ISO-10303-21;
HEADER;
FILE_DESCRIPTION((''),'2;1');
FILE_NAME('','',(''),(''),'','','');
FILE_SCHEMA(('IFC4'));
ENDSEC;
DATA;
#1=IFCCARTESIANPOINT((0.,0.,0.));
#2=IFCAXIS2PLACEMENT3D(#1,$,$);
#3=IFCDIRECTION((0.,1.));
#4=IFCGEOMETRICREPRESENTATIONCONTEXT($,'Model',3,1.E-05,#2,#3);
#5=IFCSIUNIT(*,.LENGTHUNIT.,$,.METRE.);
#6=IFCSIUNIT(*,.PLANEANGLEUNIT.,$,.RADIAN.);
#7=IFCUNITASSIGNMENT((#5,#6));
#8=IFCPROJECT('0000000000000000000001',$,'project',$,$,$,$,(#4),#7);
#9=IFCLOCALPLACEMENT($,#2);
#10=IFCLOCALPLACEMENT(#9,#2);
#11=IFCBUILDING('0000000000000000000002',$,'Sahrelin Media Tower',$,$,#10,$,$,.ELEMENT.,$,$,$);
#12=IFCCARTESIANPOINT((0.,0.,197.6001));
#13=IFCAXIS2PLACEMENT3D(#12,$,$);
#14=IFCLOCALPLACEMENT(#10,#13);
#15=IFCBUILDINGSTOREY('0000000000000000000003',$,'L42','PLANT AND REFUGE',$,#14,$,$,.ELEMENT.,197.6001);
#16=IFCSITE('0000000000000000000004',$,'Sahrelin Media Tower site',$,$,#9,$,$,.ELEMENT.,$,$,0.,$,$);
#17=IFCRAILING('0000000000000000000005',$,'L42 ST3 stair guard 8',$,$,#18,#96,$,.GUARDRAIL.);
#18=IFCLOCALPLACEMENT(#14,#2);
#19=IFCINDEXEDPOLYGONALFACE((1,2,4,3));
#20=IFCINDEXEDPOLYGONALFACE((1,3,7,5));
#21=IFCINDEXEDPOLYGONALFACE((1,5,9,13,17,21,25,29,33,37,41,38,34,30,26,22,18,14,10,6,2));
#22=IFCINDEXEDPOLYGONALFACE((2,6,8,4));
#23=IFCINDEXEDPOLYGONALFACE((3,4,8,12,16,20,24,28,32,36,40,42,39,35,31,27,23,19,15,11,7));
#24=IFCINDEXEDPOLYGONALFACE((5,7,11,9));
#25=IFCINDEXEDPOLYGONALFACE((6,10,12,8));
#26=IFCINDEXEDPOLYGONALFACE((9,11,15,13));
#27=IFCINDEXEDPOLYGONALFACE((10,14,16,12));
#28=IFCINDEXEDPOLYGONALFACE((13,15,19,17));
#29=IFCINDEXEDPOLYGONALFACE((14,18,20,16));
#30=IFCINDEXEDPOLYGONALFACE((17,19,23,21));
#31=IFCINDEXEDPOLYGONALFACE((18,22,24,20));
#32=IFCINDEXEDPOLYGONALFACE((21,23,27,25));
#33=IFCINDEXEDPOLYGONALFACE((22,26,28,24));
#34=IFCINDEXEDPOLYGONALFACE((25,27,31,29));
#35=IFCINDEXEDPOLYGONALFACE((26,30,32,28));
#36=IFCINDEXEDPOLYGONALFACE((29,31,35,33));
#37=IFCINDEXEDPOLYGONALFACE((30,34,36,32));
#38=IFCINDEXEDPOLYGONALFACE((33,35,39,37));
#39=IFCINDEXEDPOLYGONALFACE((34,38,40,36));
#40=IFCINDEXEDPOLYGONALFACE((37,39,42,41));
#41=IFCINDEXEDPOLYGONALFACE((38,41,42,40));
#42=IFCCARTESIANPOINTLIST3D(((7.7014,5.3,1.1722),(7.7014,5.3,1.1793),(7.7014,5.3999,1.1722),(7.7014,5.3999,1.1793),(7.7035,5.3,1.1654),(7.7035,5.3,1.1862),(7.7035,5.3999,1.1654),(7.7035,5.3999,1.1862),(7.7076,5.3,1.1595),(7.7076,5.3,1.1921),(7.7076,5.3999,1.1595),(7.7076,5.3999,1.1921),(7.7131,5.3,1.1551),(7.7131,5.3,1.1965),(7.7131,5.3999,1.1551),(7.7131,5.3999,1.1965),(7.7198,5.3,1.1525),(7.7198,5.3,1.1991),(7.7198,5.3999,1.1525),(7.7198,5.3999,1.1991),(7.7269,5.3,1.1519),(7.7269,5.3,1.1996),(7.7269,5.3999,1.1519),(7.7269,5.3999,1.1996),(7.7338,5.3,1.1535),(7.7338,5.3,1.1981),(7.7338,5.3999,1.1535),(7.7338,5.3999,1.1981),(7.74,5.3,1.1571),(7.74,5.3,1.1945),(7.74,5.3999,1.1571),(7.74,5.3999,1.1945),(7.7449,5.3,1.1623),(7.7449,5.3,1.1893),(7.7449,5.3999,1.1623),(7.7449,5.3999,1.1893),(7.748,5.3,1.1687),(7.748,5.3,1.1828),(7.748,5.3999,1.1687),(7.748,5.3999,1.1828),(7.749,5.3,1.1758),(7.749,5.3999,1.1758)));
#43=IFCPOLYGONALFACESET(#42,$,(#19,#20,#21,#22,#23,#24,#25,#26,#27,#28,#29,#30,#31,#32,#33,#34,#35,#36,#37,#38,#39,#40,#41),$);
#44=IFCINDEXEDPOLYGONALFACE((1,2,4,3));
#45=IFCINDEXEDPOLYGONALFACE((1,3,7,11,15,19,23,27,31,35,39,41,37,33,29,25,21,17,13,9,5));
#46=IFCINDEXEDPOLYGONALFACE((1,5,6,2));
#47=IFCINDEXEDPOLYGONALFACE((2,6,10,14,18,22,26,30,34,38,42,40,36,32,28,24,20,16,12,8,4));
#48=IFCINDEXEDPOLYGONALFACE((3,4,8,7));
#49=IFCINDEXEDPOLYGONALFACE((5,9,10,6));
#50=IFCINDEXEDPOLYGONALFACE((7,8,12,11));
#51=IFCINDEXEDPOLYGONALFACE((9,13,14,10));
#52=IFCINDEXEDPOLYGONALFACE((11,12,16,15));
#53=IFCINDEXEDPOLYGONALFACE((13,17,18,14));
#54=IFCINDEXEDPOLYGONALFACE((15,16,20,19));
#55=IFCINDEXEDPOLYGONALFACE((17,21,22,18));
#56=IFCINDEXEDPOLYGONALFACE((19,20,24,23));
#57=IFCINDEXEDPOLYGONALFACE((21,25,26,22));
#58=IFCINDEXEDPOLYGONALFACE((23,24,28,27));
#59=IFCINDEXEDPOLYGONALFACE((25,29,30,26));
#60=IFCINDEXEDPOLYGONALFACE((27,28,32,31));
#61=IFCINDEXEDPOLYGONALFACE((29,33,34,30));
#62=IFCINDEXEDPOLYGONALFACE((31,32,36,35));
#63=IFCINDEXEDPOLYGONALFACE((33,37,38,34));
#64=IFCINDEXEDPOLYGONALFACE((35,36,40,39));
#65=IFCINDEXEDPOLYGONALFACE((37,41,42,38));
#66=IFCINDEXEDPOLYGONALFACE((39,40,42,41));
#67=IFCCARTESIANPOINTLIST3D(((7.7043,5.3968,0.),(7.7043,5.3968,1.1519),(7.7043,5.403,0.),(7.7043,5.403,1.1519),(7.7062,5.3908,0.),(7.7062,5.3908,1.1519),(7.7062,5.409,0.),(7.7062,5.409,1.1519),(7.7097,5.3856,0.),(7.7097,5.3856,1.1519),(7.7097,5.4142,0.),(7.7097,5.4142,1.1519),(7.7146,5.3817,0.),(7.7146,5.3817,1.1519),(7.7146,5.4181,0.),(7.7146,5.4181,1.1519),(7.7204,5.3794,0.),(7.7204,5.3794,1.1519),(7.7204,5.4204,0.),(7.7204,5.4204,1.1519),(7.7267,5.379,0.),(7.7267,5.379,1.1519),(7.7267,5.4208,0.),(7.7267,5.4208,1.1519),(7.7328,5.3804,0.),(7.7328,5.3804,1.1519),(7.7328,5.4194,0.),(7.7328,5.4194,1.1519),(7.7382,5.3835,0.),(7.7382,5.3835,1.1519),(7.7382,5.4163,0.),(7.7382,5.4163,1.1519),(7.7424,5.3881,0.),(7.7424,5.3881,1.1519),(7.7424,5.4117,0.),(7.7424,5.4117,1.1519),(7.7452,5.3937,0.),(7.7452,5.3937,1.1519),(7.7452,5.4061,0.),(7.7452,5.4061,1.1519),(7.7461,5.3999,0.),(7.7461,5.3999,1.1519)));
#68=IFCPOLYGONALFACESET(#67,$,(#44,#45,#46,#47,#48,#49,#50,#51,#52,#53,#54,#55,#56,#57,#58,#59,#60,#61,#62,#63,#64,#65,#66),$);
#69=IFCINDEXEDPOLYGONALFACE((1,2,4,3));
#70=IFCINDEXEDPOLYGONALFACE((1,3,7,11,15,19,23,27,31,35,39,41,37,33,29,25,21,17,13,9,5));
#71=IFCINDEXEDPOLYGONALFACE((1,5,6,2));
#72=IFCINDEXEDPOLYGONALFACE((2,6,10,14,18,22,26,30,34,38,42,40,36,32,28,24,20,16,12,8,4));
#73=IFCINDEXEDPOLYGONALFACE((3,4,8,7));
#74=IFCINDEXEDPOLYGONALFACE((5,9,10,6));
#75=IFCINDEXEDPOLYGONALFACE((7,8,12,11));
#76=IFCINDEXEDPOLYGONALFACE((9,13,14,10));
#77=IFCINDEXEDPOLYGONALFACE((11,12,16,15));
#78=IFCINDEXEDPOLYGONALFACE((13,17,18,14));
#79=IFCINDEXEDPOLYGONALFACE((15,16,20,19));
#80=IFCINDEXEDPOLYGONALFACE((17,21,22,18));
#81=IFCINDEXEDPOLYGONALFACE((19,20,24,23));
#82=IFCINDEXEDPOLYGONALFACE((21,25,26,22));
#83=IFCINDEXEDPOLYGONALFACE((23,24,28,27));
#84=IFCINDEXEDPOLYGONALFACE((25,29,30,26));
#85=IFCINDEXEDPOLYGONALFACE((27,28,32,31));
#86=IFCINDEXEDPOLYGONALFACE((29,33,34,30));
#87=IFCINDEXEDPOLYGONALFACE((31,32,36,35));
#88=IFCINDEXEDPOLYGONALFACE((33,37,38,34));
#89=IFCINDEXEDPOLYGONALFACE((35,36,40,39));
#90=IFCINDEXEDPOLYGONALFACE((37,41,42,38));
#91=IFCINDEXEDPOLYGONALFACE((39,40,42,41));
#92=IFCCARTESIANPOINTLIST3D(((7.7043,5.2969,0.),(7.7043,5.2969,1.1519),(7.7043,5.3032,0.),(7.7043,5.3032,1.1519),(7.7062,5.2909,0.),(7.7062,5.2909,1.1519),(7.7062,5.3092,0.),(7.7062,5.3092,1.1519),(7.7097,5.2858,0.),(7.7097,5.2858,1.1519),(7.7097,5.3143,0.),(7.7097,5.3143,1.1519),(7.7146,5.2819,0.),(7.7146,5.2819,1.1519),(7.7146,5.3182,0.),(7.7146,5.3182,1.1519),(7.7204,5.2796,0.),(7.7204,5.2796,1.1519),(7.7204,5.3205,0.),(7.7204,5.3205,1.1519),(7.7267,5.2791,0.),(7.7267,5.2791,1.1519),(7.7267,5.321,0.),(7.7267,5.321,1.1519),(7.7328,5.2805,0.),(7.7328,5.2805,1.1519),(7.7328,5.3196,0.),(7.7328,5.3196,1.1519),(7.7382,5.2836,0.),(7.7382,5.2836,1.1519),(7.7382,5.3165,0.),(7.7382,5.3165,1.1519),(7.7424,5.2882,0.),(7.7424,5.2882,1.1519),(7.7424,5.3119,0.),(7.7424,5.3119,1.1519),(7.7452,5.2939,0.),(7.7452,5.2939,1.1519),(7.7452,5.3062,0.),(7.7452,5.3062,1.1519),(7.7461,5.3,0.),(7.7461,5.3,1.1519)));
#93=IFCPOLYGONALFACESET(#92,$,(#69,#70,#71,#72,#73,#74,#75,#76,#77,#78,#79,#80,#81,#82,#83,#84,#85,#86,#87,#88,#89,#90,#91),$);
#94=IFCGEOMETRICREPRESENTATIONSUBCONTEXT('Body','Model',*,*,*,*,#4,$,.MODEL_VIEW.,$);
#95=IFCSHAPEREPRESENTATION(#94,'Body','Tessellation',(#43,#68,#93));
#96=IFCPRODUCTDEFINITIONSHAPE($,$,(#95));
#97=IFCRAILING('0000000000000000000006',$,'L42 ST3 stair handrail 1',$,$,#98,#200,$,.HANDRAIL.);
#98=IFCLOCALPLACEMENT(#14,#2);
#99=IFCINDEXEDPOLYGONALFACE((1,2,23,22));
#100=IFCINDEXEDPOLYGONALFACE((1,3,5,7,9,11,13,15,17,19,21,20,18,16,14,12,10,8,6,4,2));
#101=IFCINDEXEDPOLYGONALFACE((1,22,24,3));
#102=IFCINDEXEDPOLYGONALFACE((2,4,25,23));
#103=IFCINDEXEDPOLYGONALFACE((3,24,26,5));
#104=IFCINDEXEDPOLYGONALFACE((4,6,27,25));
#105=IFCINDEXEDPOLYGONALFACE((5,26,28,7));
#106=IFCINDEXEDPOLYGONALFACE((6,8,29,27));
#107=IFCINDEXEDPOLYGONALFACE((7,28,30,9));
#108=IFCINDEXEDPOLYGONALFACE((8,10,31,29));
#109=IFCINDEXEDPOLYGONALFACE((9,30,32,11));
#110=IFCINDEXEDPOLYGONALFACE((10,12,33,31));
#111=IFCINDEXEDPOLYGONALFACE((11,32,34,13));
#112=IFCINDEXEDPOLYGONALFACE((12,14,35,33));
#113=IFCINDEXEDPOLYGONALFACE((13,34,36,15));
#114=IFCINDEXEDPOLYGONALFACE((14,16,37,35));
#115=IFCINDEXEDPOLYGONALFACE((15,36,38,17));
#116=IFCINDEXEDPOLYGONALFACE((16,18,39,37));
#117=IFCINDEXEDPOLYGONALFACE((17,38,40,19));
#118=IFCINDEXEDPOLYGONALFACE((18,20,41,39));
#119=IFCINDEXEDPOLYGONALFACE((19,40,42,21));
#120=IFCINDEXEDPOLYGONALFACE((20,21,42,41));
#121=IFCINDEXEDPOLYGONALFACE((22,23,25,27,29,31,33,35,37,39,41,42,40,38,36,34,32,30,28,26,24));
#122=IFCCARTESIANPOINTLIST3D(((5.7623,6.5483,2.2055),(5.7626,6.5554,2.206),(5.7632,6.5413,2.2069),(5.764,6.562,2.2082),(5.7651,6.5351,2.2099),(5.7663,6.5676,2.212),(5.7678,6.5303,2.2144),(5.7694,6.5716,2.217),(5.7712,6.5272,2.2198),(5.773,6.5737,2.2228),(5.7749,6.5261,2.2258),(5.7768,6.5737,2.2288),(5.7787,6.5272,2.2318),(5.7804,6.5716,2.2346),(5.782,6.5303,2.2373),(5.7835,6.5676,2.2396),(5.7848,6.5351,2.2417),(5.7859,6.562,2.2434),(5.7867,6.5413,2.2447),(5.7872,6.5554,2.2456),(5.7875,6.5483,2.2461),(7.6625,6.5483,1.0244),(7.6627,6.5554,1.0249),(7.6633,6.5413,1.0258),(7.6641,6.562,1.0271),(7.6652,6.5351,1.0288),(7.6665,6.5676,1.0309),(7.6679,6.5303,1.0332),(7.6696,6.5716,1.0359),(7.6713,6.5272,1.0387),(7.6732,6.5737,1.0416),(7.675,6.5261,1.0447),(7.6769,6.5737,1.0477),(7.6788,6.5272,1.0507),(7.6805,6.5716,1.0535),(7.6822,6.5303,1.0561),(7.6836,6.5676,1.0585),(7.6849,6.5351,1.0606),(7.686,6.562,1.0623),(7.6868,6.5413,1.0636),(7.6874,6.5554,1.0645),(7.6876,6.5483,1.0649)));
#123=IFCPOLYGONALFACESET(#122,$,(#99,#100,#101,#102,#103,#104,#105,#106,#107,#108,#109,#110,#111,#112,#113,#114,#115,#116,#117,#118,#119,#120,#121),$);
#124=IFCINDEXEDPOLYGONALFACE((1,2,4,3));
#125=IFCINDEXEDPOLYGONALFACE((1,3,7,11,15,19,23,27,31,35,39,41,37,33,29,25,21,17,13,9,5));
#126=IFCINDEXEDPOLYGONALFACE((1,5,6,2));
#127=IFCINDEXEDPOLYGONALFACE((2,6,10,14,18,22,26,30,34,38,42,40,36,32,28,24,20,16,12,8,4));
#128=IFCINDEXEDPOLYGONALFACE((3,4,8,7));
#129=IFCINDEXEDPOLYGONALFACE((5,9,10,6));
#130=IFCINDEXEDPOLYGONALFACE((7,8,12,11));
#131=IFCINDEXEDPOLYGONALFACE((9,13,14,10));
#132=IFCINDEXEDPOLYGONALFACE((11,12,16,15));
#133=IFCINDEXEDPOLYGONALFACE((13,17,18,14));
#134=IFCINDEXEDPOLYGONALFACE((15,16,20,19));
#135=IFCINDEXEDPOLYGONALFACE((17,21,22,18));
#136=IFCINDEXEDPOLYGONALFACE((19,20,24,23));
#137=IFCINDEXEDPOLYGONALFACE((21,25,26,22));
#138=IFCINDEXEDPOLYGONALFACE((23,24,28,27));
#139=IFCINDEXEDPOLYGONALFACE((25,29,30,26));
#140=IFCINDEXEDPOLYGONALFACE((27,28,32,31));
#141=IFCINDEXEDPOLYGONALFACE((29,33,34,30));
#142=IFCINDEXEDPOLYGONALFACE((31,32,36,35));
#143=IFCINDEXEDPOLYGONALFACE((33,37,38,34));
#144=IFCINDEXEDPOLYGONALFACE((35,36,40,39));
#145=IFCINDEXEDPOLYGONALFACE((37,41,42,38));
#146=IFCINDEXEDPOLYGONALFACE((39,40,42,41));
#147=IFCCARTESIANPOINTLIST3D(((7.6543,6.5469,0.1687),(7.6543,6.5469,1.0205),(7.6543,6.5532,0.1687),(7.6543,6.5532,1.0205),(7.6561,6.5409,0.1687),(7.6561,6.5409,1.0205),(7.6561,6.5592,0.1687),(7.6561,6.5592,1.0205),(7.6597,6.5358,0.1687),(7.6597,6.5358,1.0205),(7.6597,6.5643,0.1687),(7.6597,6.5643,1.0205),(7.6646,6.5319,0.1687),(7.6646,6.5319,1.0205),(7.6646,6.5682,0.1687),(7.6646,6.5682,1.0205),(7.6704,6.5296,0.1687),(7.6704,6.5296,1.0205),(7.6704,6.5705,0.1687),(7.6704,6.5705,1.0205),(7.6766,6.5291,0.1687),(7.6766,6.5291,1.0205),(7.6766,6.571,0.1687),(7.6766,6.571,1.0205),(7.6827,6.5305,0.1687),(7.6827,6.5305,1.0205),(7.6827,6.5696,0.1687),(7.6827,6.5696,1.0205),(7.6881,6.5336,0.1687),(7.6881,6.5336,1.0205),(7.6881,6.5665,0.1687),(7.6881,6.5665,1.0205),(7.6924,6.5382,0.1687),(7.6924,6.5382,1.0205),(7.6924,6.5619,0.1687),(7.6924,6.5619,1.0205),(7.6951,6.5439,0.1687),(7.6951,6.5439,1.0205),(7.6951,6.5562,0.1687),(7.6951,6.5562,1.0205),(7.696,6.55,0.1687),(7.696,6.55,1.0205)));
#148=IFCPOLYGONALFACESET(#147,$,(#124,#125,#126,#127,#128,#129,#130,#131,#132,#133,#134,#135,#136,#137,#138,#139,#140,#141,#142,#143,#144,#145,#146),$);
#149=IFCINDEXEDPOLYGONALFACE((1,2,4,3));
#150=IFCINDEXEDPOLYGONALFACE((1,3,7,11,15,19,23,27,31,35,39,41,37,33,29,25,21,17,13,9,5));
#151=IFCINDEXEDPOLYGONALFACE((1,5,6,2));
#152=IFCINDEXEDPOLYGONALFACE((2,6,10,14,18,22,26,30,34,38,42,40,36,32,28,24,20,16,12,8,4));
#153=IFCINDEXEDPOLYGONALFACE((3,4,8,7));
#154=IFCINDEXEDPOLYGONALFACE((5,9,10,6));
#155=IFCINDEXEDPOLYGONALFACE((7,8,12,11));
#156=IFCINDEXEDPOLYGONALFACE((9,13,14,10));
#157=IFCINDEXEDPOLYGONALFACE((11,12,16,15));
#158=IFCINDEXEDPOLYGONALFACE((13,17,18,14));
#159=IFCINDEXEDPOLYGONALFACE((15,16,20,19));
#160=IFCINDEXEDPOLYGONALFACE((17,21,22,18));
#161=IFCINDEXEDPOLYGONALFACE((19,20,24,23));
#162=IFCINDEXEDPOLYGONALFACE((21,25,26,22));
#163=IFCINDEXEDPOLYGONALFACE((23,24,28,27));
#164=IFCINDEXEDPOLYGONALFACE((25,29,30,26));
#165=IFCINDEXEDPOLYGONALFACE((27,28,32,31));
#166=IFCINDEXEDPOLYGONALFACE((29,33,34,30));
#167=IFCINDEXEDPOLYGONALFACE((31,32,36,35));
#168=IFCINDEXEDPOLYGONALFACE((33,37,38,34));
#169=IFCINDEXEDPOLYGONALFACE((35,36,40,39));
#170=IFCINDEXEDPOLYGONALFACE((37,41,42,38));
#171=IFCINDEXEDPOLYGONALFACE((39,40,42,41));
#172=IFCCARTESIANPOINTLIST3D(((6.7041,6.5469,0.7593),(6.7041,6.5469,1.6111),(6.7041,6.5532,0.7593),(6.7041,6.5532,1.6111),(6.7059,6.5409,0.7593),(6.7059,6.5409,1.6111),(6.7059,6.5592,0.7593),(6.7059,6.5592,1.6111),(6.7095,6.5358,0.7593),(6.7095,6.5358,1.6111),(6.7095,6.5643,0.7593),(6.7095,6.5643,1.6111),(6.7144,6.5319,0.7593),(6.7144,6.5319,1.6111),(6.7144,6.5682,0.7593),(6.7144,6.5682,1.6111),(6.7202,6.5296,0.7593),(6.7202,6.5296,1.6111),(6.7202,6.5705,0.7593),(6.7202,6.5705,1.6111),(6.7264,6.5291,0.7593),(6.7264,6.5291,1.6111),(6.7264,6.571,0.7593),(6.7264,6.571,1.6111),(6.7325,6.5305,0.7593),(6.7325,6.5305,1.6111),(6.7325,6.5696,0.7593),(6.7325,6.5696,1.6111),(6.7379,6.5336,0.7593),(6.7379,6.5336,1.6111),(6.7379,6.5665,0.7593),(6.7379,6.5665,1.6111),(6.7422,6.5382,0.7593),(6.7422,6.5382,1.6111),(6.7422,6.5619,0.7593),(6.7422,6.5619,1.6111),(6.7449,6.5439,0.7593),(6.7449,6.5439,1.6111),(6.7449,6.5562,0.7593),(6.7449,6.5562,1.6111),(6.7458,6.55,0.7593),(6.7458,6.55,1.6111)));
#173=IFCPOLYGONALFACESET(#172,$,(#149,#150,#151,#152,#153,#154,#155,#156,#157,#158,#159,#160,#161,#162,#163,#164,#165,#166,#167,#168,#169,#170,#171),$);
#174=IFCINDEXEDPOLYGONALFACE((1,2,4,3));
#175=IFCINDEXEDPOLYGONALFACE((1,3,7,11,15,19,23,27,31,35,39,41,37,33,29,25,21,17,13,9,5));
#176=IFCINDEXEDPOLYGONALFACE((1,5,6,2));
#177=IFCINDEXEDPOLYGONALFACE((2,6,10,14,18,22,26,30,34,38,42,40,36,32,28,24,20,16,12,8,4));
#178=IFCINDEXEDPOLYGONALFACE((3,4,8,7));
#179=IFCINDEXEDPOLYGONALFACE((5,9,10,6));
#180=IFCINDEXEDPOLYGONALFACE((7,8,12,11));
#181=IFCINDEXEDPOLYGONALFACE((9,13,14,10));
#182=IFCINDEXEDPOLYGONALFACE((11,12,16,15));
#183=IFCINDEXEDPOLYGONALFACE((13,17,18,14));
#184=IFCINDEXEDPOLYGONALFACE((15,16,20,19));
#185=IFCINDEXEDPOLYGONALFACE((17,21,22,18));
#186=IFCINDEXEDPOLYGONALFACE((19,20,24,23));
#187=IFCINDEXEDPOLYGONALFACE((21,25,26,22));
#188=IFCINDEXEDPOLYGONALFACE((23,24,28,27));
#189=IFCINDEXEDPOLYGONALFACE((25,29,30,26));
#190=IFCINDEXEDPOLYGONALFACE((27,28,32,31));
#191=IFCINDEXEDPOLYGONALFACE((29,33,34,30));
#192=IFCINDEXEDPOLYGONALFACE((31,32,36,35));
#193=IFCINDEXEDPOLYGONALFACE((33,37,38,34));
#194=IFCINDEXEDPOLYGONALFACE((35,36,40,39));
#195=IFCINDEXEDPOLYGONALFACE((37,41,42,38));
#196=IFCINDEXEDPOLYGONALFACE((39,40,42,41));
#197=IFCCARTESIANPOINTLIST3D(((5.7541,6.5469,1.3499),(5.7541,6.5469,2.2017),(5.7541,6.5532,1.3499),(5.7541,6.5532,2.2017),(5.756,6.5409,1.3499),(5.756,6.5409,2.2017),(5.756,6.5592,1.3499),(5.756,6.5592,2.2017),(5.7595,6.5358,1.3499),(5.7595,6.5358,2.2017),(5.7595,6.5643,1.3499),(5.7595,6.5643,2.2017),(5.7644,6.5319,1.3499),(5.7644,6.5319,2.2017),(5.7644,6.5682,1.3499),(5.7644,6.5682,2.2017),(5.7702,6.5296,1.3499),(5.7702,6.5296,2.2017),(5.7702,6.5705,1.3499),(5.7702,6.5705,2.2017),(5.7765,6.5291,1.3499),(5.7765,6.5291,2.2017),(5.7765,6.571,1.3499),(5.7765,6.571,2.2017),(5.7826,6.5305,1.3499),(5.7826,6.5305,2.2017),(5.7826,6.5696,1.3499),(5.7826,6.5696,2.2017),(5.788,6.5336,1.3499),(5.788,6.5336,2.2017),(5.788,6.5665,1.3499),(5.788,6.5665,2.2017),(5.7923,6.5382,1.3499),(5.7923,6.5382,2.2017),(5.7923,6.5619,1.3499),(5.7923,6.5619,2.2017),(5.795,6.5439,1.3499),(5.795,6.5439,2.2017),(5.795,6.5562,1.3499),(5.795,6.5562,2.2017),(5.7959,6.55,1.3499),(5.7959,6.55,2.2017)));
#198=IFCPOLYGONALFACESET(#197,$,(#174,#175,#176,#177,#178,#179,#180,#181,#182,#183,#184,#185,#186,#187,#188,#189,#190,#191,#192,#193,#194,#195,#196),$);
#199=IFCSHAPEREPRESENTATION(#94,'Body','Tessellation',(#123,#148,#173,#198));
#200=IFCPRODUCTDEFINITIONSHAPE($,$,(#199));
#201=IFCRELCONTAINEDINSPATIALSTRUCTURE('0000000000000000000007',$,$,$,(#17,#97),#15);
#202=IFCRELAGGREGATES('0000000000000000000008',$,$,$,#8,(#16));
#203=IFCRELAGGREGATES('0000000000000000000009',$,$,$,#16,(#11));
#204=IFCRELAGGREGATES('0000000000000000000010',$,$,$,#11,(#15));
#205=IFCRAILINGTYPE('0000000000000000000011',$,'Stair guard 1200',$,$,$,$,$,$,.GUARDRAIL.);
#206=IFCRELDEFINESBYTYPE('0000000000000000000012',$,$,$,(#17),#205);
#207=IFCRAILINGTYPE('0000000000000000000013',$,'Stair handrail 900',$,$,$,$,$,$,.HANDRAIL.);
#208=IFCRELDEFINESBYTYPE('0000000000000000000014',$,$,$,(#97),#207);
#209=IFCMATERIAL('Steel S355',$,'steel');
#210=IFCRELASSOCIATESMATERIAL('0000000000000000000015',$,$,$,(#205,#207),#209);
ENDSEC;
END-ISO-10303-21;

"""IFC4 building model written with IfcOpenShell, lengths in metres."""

from ifc_helpers import new_model, si_unit, direction, frame, origin, origin_2d, place, context, subcontext, project, spatial, circle, extrude, material, type_object, element, save


model = new_model("IFC4")

# Units and contexts
model_context = context("Model", 3, precision=1e-05, world=origin(), true_north=direction((0.0, 1.0)))
body_context = subcontext(model_context, "Body", "Model", "MODEL_VIEW")
ifc_project = project(units=[si_unit("LENGTHUNIT", "METRE"), si_unit("PLANEANGLEUNIT", "RADIAN")], contexts=[model_context])

# Site, building, storey
site_placement = place(None, origin())
site = spatial("IfcSite", under=ifc_project, at=site_placement, Name="Sahrelin Media Tower site", CompositionType="ELEMENT", RefElevation=0.0)
building_placement = place(site_placement, origin())
building = spatial("IfcBuilding", under=site, at=building_placement, Name="Sahrelin Media Tower", CompositionType="ELEMENT")
storey_placement = place(building_placement, frame((0.0, 0.0, 197.6001)))
storey = spatial("IfcBuildingStorey", under=building, at=storey_placement, Name="L42", Description="PLANT AND REFUGE", CompositionType="ELEMENT", Elevation=197.6001)

# Shared definitions
ifc_material_1 = material(Name="Steel S355", Category="steel")

# Railings
railing_type_1 = type_object("IfcRailingType", Name="Stair guard 1200", PredefinedType="GUARDRAIL", material=ifc_material_1)
railing_1_placement = place(storey_placement, frame((7.7251, 5.3999, 0.0)))
element("IfcRailing", 1, at=railing_1_placement, inside=storey, type_object=railing_type_1, Name="L42 ST3 stair guard 8", PredefinedType="GUARDRAIL", context=body_context, shape_type="SweptSolid", body=[
    extrude(circle(Radius=0.0239, at=origin_2d()), frame((0.0, 0.0, 1.1758), z_axis=(0.0, -1.0, 0.0), x_axis=(1.0, 0.0, 0.0)), (0.0, 0.0, 1.0), 0.0999),
    extrude(circle(Radius=0.021, at=origin_2d()), origin(), (0.0, 0.0, 1.0), 1.1519),
    extrude(circle(Radius=0.021, at=origin_2d()), frame((0.0, -0.0999, 0.0)), (0.0, 0.0, 1.0), 1.1519),
])
railing_type_2 = type_object("IfcRailingType", Name="Stair handrail 900", PredefinedType="HANDRAIL", material=ifc_material_1)
for number, where, name in (
    (2, (7.675, 6.55, 0.1687), "L42 ST3 stair handrail 1"),
):
    element("IfcRailing", number, at=place(storey_placement, frame(where)), inside=storey, type_object=railing_type_2, Name=name, PredefinedType="HANDRAIL", context=body_context, shape_type="SweptSolid", body=[
        extrude(circle(Radius=0.0239, at=origin_2d()), frame((0.0, 0.0, 0.876), z_axis=(-0.849289, 0.0, 0.527928), x_axis=(0.0, -1.0, 0.0)), (0.0, 0.0, 1.0), 2.2373),
        extrude(circle(Radius=0.021, at=origin_2d()), origin(), (0.0, 0.0, 1.0), 0.8518),
        extrude(circle(Radius=0.021, at=origin_2d()), frame((-0.9502, 0.0, 0.5906)), (0.0, 0.0, 1.0), 0.8518),
        extrude(circle(Radius=0.021, at=origin_2d()), frame((-1.9001, 0.0, 1.1812)), (0.0, 0.0, 1.0), 0.8518),
    ])

save(model, "model.ifc")
